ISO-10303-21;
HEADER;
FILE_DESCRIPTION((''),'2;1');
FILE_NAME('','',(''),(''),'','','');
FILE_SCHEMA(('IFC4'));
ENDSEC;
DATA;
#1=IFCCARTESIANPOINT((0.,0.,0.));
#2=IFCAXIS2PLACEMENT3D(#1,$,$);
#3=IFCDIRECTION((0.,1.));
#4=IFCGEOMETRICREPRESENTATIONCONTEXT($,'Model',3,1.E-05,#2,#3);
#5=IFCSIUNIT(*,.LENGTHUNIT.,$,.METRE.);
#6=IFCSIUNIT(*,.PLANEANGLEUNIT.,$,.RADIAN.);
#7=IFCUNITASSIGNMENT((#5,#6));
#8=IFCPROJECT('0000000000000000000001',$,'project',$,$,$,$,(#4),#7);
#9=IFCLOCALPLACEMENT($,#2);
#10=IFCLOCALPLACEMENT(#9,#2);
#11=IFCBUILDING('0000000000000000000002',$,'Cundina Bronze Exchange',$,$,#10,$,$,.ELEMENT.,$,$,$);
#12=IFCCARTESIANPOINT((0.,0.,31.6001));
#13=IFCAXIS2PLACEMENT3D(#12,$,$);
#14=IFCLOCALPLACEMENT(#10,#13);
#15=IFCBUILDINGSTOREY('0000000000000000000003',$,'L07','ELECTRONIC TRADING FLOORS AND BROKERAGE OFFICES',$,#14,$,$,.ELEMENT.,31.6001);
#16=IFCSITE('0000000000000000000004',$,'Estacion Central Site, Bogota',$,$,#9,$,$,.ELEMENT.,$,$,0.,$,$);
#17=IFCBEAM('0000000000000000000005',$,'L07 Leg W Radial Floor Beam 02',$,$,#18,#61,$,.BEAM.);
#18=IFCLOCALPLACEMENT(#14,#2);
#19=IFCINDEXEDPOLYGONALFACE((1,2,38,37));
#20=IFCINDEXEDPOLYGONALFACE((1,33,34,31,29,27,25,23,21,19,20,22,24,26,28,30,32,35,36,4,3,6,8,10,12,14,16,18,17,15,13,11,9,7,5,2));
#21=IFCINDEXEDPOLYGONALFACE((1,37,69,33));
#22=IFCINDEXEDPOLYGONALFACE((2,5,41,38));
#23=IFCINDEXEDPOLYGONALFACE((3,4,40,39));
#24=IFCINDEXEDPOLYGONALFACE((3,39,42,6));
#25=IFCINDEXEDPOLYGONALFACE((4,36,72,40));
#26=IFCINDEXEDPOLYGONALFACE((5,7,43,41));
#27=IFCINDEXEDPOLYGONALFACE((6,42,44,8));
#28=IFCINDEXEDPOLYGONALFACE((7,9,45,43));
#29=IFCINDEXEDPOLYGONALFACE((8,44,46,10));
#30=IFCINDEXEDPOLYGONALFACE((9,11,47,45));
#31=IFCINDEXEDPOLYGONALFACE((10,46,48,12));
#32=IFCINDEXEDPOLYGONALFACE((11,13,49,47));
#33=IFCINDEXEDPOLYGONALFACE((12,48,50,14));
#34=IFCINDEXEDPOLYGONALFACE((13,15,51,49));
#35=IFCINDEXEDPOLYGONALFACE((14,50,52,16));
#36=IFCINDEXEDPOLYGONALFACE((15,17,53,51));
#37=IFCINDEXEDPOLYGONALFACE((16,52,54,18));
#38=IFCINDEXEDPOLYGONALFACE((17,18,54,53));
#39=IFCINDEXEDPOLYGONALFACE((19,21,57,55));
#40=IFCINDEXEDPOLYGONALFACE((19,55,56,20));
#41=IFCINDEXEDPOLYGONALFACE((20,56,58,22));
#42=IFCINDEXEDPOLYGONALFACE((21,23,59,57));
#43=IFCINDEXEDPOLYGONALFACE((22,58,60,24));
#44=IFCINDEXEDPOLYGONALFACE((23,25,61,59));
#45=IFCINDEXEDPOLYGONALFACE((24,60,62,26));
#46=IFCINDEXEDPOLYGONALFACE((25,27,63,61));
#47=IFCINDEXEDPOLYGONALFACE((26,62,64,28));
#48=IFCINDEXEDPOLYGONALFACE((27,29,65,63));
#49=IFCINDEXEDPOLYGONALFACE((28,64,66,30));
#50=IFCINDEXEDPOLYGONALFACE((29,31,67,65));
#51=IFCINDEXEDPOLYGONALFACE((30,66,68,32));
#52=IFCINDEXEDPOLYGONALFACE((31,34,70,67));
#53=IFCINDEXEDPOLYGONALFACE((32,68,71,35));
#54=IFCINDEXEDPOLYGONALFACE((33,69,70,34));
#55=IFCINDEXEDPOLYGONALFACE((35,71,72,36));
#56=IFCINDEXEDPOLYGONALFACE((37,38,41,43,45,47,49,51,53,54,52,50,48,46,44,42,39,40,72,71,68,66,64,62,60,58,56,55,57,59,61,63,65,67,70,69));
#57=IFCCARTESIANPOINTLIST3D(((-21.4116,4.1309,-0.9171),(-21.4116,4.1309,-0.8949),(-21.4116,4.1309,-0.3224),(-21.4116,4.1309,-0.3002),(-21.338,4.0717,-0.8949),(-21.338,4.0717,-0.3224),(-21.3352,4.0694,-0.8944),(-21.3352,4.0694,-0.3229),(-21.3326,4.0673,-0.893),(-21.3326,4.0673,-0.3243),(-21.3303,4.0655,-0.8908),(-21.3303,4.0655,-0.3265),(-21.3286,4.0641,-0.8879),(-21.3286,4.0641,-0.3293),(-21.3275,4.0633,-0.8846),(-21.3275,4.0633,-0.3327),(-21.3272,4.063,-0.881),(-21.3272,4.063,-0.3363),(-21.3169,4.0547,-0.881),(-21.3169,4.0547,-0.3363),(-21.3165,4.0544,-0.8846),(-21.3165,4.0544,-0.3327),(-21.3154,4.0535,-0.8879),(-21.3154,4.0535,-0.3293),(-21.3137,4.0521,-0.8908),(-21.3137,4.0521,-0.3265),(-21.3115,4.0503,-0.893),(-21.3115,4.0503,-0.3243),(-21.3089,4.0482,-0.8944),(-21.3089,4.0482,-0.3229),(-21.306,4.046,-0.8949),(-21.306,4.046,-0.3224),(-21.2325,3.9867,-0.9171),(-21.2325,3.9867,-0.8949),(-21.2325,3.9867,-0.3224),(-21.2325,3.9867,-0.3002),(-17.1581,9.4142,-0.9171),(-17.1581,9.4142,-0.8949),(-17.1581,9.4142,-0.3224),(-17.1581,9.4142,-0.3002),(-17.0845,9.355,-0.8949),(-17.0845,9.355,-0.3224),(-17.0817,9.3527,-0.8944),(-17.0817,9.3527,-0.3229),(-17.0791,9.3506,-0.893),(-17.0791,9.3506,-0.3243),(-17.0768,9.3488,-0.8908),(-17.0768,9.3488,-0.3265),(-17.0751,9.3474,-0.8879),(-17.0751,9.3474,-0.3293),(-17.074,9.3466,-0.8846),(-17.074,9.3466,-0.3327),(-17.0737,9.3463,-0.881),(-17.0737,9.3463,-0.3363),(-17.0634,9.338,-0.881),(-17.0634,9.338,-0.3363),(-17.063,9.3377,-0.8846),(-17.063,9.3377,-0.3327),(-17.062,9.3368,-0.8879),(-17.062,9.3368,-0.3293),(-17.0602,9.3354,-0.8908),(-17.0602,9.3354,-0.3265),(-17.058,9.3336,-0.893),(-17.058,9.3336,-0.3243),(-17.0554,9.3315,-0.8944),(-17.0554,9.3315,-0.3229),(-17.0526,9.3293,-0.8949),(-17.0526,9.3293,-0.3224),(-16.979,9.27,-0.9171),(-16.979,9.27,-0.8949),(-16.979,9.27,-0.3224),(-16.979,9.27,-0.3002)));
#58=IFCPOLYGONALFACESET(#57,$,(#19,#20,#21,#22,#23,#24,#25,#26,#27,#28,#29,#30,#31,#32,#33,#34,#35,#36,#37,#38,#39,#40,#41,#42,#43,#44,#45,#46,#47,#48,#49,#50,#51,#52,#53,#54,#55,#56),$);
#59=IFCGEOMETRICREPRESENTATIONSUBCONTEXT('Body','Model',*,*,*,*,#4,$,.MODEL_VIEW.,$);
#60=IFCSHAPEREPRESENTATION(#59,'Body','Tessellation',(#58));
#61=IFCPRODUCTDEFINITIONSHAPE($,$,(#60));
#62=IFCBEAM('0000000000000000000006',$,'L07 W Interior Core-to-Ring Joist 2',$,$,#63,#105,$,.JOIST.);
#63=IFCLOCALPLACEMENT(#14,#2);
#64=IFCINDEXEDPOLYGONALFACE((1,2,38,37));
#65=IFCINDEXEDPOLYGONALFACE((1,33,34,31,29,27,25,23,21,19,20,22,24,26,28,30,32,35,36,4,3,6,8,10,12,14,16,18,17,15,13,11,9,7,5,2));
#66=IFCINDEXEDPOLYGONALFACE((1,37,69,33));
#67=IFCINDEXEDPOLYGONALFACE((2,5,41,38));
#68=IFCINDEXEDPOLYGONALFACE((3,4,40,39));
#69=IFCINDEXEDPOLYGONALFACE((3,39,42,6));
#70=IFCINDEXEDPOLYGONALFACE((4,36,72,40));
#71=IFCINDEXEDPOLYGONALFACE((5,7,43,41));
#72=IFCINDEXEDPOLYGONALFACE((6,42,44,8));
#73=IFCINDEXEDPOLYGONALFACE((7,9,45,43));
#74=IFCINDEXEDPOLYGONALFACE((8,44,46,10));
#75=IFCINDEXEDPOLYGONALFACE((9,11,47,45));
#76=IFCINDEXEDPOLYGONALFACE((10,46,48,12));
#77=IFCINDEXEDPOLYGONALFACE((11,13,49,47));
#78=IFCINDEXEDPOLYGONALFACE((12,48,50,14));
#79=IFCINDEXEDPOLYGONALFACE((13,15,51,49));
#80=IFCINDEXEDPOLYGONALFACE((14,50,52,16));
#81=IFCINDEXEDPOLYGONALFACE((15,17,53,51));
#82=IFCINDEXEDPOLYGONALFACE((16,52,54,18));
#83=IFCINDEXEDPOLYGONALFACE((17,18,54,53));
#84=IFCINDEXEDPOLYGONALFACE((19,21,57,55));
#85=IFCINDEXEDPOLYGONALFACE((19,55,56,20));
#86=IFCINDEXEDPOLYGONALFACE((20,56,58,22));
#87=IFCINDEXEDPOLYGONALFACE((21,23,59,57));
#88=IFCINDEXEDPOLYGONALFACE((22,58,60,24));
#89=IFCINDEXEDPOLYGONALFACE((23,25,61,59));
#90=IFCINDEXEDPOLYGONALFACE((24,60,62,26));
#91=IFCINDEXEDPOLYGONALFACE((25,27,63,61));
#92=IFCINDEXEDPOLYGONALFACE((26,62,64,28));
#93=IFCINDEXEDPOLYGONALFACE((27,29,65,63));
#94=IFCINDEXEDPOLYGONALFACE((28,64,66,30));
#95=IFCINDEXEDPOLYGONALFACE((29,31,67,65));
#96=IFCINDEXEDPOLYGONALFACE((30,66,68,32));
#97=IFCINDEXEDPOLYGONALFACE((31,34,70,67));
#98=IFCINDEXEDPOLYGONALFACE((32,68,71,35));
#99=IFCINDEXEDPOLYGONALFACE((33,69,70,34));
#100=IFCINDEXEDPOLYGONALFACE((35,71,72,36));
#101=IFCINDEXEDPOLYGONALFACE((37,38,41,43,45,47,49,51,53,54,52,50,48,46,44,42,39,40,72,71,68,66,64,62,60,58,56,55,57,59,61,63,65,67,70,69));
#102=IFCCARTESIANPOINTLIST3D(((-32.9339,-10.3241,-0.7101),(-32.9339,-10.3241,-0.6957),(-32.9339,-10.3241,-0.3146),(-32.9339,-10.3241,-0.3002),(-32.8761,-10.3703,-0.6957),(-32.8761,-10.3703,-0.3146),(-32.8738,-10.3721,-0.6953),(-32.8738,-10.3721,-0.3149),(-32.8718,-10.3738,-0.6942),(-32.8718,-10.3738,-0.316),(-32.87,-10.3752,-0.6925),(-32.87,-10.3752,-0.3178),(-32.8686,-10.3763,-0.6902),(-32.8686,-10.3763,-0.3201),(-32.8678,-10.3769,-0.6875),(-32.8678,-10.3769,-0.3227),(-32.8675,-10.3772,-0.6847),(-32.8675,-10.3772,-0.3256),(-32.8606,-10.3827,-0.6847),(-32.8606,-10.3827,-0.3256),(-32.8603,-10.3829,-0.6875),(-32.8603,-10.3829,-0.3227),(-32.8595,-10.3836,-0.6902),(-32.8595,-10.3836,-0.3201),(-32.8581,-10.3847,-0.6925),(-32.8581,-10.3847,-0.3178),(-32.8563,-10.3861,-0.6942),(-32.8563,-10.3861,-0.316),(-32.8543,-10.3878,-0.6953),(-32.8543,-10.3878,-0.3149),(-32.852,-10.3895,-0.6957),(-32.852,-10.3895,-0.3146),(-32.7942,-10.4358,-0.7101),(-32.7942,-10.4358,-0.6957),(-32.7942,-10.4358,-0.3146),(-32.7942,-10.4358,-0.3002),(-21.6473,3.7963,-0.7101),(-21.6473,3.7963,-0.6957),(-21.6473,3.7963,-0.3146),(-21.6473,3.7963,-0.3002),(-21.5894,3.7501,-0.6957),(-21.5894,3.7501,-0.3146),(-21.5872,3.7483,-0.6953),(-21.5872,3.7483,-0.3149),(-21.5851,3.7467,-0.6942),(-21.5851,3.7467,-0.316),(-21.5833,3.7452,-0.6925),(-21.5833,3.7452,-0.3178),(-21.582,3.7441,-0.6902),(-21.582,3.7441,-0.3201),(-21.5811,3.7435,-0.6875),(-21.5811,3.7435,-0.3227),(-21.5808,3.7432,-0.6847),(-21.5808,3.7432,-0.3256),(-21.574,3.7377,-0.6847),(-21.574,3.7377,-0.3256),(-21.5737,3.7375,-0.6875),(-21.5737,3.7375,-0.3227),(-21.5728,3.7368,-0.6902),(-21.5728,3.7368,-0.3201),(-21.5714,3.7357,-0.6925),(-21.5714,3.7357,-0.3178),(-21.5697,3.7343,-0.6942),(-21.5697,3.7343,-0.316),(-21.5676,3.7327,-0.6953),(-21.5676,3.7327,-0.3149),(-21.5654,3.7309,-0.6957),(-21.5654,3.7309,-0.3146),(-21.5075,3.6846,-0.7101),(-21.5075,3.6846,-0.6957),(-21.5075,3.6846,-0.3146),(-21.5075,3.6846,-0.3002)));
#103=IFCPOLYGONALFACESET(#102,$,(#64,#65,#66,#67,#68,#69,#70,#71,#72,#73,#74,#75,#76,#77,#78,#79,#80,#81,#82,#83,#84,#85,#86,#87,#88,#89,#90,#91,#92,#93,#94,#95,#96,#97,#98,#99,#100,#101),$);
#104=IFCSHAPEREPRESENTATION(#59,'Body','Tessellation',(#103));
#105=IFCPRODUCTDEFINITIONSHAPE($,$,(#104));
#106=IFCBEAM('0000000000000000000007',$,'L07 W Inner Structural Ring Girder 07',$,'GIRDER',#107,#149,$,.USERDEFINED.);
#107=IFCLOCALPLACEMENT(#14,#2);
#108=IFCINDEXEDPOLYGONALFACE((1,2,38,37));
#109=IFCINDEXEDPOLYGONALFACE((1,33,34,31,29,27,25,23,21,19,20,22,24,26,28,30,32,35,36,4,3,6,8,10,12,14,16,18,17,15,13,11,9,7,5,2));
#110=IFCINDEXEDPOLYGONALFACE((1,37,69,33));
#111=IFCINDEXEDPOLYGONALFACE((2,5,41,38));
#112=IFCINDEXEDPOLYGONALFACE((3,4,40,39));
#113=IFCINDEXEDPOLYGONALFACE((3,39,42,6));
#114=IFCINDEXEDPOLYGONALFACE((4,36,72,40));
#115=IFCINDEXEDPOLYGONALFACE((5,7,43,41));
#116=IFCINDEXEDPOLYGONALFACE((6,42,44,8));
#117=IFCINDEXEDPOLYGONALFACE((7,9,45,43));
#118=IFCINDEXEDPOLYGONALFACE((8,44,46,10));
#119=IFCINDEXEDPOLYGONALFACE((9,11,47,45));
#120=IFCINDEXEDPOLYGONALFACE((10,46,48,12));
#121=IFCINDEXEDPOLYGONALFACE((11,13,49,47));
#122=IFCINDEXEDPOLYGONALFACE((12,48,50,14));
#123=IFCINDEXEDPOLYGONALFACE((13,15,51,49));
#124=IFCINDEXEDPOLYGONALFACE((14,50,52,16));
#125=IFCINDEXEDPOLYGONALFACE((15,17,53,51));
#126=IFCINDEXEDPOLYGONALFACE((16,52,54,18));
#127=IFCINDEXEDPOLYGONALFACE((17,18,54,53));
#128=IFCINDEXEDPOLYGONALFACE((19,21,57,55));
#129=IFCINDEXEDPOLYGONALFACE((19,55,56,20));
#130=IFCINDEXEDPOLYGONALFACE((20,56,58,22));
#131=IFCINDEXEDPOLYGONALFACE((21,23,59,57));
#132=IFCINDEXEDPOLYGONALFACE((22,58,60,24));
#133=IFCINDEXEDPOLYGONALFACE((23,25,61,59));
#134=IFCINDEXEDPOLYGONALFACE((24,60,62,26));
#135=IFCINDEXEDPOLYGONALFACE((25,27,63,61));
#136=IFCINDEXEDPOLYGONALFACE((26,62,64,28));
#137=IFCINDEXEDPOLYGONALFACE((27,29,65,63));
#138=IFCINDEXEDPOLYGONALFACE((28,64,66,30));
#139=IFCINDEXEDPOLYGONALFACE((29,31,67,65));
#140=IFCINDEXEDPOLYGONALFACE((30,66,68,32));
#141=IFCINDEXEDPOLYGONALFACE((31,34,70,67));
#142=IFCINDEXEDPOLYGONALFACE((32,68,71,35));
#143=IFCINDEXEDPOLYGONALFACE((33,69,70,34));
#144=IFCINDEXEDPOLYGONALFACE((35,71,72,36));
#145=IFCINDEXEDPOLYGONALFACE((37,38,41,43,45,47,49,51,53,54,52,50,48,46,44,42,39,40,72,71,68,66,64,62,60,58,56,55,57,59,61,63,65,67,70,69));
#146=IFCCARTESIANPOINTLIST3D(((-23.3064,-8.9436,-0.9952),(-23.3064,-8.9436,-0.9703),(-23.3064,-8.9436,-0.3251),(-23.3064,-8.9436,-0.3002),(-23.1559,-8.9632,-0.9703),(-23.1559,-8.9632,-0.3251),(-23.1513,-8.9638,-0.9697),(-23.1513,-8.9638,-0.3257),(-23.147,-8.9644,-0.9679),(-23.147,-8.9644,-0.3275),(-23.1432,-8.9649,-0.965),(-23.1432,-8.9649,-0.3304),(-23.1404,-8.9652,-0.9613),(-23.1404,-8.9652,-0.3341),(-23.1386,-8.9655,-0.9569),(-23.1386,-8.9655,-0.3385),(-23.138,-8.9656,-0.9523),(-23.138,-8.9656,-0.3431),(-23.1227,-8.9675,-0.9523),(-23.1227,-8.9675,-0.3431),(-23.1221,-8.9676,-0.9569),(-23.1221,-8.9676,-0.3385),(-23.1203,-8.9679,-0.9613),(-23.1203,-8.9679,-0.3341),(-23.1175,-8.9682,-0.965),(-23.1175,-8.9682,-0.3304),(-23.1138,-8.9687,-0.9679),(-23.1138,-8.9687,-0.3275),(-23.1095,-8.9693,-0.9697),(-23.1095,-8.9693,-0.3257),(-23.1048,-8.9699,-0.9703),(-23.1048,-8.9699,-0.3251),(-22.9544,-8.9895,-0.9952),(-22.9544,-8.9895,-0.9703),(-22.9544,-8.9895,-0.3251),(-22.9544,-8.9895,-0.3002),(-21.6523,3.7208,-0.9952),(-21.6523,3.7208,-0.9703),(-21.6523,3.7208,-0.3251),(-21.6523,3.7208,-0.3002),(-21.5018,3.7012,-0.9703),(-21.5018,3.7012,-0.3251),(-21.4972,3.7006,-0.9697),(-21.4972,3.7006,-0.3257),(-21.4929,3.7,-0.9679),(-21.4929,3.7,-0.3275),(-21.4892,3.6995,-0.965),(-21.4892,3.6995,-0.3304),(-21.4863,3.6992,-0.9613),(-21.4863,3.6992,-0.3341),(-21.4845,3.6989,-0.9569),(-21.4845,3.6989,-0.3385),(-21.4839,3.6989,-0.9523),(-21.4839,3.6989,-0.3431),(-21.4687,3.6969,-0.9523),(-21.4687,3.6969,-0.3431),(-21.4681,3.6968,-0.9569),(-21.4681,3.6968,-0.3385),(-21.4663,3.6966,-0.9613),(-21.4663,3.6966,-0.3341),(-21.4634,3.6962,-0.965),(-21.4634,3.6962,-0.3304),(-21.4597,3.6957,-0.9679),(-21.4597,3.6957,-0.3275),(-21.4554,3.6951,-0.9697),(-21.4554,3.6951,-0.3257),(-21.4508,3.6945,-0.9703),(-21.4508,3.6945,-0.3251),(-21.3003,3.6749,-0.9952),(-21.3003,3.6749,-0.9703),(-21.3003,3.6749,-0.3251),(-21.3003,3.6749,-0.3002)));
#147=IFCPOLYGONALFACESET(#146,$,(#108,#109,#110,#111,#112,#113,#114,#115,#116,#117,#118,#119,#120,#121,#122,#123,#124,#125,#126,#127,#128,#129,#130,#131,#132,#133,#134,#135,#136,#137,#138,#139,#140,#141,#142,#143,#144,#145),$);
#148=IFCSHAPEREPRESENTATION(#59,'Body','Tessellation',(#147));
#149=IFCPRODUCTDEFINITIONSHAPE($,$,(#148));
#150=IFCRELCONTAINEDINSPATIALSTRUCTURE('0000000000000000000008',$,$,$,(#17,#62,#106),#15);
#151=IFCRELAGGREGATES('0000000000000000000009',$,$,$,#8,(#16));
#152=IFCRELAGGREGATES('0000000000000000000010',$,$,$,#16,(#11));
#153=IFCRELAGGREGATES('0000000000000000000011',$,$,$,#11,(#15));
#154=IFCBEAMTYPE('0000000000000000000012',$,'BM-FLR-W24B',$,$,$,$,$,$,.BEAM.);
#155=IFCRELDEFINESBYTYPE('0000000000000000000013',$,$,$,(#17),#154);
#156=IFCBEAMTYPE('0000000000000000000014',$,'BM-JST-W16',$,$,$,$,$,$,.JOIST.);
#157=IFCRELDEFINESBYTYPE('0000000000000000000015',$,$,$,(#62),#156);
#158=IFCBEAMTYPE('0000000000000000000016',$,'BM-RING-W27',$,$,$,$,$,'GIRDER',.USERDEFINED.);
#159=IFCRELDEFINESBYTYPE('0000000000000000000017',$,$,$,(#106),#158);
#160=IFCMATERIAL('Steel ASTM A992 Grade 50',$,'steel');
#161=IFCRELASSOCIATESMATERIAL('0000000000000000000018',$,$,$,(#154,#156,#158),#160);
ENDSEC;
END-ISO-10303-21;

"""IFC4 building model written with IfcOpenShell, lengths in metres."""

from ifc_helpers import new_model, si_unit, direction, frame, origin, origin_2d, place, context, subcontext, project, spatial, i_section, extrude, material, material_profile, profile_set, type_object, element, save


model = new_model("IFC4")

# Units and contexts
model_context = context("Model", 3, precision=1e-05, world=origin(), true_north=direction((0.0, 1.0)))
body_context = subcontext(model_context, "Body", "Model", "MODEL_VIEW")
ifc_project = project(units=[si_unit("LENGTHUNIT", "METRE"), si_unit("PLANEANGLEUNIT", "RADIAN")], contexts=[model_context])

# Site, building, storey
site_placement = place(None, origin())
site = spatial("IfcSite", under=ifc_project, at=site_placement, Name="Estacion Central Site, Bogota", CompositionType="ELEMENT", RefElevation=0.0)
building_placement = place(site_placement, origin())
building = spatial("IfcBuilding", under=site, at=building_placement, Name="Cundina Bronze Exchange", CompositionType="ELEMENT")
storey_placement = place(building_placement, frame((0.0, 0.0, 31.6001)))
storey = spatial("IfcBuildingStorey", under=building, at=storey_placement, Name="L07", Description="ELECTRONIC TRADING FLOORS AND BROKERAGE OFFICES", CompositionType="ELEMENT", Elevation=31.6001)

# Shared definitions
ifc_material_1 = material(Name="Steel ASTM A992 Grade 50", Category="steel")

# Beams
ifc_material_profile_1 = material_profile(ifc_material_1, i_section(OverallWidth=0.23, OverallDepth=0.6169, WebThickness=0.0132, FlangeThickness=0.0222, FilletRadius=0.0139, at=origin_2d()), Name="W24X94", Category="steel")
ifc_profile_set_1 = profile_set([ifc_material_profile_1], Name="Steel ASTM A992 Grade 50")
beam_type_1 = type_object("IfcBeamType", Name="BM-FLR-W24B", PredefinedType="BEAM", material=ifc_profile_set_1)
beam_1_placement = place(storey_placement, frame((-21.322, 4.0588, -0.6086), z_axis=(0.627106, 0.778934, 0.0), x_axis=(-0.778934, 0.627106, 0.0)))
element("IfcBeam", 1, at=beam_1_placement, inside=storey, type_object=beam_type_1, Name="L07 Leg W Radial Floor Beam 02", PredefinedType="BEAM", context=body_context, shape_type="SweptSolid", body=[
    extrude(i_section(OverallWidth=0.23, OverallDepth=0.6169, WebThickness=0.0132, FlangeThickness=0.0222, FilletRadius=0.0139, at=origin_2d()), origin(), (0.0, 0.0, 1.0), 6.7827),
])
ifc_material_profile_2 = material_profile(ifc_material_1, i_section(OverallWidth=0.179, OverallDepth=0.4099, WebThickness=0.0088, FlangeThickness=0.0144, FilletRadius=0.011, at=origin_2d()), Name="W16X45", Category="steel")
ifc_profile_set_2 = profile_set([ifc_material_profile_2], Name="Steel ASTM A992 Grade 50")
beam_type_2 = type_object("IfcBeamType", Name="BM-JST-W16", PredefinedType="JOIST", material=ifc_profile_set_2)
beam_2_placement = place(storey_placement, frame((-21.5774, 3.7405, -0.5051), z_axis=(-0.624369, -0.78113, 0.0), x_axis=(0.78113, -0.624369, 0.0)))
element("IfcBeam", 2, at=beam_2_placement, inside=storey, type_object=beam_type_2, Name="L07 W Interior Core-to-Ring Joist 2", PredefinedType="JOIST", context=body_context, shape_type="SweptSolid", body=[
    extrude(i_section(OverallWidth=0.179, OverallDepth=0.4099, WebThickness=0.0088, FlangeThickness=0.0144, FilletRadius=0.011, at=origin_2d()), origin(), (0.0, 0.0, 1.0), 18.0769),
])
ifc_material_profile_3 = material_profile(ifc_material_1, i_section(OverallWidth=0.355, OverallDepth=0.6951, WebThickness=0.0154, FlangeThickness=0.0249, FilletRadius=0.0181, at=origin_2d()), Name="W27X146", Category="steel")
ifc_profile_set_3 = profile_set([ifc_material_profile_3], Name="Steel ASTM A992 Grade 50")
beam_type_3 = type_object("IfcBeamType", Name="BM-RING-W27", ElementType="GIRDER", PredefinedType="USERDEFINED", material=ifc_profile_set_3)
beam_3_placement = place(storey_placement, frame((-23.1304, -8.9666, -0.6477), z_axis=(0.129508, 0.991578, 0.0), x_axis=(-0.991578, 0.129508, 0.0)))
element("IfcBeam", 3, at=beam_3_placement, inside=storey, type_object=beam_type_3, Name="L07 W Inner Structural Ring Girder 07", ObjectType="GIRDER", PredefinedType="USERDEFINED", context=body_context, shape_type="SweptSolid", body=[
    extrude(i_section(OverallWidth=0.355, OverallDepth=0.6951, WebThickness=0.0154, FlangeThickness=0.0249, FilletRadius=0.0181, at=origin_2d()), origin(), (0.0, 0.0, 1.0), 12.772),
])

save(model, "model.ifc")
